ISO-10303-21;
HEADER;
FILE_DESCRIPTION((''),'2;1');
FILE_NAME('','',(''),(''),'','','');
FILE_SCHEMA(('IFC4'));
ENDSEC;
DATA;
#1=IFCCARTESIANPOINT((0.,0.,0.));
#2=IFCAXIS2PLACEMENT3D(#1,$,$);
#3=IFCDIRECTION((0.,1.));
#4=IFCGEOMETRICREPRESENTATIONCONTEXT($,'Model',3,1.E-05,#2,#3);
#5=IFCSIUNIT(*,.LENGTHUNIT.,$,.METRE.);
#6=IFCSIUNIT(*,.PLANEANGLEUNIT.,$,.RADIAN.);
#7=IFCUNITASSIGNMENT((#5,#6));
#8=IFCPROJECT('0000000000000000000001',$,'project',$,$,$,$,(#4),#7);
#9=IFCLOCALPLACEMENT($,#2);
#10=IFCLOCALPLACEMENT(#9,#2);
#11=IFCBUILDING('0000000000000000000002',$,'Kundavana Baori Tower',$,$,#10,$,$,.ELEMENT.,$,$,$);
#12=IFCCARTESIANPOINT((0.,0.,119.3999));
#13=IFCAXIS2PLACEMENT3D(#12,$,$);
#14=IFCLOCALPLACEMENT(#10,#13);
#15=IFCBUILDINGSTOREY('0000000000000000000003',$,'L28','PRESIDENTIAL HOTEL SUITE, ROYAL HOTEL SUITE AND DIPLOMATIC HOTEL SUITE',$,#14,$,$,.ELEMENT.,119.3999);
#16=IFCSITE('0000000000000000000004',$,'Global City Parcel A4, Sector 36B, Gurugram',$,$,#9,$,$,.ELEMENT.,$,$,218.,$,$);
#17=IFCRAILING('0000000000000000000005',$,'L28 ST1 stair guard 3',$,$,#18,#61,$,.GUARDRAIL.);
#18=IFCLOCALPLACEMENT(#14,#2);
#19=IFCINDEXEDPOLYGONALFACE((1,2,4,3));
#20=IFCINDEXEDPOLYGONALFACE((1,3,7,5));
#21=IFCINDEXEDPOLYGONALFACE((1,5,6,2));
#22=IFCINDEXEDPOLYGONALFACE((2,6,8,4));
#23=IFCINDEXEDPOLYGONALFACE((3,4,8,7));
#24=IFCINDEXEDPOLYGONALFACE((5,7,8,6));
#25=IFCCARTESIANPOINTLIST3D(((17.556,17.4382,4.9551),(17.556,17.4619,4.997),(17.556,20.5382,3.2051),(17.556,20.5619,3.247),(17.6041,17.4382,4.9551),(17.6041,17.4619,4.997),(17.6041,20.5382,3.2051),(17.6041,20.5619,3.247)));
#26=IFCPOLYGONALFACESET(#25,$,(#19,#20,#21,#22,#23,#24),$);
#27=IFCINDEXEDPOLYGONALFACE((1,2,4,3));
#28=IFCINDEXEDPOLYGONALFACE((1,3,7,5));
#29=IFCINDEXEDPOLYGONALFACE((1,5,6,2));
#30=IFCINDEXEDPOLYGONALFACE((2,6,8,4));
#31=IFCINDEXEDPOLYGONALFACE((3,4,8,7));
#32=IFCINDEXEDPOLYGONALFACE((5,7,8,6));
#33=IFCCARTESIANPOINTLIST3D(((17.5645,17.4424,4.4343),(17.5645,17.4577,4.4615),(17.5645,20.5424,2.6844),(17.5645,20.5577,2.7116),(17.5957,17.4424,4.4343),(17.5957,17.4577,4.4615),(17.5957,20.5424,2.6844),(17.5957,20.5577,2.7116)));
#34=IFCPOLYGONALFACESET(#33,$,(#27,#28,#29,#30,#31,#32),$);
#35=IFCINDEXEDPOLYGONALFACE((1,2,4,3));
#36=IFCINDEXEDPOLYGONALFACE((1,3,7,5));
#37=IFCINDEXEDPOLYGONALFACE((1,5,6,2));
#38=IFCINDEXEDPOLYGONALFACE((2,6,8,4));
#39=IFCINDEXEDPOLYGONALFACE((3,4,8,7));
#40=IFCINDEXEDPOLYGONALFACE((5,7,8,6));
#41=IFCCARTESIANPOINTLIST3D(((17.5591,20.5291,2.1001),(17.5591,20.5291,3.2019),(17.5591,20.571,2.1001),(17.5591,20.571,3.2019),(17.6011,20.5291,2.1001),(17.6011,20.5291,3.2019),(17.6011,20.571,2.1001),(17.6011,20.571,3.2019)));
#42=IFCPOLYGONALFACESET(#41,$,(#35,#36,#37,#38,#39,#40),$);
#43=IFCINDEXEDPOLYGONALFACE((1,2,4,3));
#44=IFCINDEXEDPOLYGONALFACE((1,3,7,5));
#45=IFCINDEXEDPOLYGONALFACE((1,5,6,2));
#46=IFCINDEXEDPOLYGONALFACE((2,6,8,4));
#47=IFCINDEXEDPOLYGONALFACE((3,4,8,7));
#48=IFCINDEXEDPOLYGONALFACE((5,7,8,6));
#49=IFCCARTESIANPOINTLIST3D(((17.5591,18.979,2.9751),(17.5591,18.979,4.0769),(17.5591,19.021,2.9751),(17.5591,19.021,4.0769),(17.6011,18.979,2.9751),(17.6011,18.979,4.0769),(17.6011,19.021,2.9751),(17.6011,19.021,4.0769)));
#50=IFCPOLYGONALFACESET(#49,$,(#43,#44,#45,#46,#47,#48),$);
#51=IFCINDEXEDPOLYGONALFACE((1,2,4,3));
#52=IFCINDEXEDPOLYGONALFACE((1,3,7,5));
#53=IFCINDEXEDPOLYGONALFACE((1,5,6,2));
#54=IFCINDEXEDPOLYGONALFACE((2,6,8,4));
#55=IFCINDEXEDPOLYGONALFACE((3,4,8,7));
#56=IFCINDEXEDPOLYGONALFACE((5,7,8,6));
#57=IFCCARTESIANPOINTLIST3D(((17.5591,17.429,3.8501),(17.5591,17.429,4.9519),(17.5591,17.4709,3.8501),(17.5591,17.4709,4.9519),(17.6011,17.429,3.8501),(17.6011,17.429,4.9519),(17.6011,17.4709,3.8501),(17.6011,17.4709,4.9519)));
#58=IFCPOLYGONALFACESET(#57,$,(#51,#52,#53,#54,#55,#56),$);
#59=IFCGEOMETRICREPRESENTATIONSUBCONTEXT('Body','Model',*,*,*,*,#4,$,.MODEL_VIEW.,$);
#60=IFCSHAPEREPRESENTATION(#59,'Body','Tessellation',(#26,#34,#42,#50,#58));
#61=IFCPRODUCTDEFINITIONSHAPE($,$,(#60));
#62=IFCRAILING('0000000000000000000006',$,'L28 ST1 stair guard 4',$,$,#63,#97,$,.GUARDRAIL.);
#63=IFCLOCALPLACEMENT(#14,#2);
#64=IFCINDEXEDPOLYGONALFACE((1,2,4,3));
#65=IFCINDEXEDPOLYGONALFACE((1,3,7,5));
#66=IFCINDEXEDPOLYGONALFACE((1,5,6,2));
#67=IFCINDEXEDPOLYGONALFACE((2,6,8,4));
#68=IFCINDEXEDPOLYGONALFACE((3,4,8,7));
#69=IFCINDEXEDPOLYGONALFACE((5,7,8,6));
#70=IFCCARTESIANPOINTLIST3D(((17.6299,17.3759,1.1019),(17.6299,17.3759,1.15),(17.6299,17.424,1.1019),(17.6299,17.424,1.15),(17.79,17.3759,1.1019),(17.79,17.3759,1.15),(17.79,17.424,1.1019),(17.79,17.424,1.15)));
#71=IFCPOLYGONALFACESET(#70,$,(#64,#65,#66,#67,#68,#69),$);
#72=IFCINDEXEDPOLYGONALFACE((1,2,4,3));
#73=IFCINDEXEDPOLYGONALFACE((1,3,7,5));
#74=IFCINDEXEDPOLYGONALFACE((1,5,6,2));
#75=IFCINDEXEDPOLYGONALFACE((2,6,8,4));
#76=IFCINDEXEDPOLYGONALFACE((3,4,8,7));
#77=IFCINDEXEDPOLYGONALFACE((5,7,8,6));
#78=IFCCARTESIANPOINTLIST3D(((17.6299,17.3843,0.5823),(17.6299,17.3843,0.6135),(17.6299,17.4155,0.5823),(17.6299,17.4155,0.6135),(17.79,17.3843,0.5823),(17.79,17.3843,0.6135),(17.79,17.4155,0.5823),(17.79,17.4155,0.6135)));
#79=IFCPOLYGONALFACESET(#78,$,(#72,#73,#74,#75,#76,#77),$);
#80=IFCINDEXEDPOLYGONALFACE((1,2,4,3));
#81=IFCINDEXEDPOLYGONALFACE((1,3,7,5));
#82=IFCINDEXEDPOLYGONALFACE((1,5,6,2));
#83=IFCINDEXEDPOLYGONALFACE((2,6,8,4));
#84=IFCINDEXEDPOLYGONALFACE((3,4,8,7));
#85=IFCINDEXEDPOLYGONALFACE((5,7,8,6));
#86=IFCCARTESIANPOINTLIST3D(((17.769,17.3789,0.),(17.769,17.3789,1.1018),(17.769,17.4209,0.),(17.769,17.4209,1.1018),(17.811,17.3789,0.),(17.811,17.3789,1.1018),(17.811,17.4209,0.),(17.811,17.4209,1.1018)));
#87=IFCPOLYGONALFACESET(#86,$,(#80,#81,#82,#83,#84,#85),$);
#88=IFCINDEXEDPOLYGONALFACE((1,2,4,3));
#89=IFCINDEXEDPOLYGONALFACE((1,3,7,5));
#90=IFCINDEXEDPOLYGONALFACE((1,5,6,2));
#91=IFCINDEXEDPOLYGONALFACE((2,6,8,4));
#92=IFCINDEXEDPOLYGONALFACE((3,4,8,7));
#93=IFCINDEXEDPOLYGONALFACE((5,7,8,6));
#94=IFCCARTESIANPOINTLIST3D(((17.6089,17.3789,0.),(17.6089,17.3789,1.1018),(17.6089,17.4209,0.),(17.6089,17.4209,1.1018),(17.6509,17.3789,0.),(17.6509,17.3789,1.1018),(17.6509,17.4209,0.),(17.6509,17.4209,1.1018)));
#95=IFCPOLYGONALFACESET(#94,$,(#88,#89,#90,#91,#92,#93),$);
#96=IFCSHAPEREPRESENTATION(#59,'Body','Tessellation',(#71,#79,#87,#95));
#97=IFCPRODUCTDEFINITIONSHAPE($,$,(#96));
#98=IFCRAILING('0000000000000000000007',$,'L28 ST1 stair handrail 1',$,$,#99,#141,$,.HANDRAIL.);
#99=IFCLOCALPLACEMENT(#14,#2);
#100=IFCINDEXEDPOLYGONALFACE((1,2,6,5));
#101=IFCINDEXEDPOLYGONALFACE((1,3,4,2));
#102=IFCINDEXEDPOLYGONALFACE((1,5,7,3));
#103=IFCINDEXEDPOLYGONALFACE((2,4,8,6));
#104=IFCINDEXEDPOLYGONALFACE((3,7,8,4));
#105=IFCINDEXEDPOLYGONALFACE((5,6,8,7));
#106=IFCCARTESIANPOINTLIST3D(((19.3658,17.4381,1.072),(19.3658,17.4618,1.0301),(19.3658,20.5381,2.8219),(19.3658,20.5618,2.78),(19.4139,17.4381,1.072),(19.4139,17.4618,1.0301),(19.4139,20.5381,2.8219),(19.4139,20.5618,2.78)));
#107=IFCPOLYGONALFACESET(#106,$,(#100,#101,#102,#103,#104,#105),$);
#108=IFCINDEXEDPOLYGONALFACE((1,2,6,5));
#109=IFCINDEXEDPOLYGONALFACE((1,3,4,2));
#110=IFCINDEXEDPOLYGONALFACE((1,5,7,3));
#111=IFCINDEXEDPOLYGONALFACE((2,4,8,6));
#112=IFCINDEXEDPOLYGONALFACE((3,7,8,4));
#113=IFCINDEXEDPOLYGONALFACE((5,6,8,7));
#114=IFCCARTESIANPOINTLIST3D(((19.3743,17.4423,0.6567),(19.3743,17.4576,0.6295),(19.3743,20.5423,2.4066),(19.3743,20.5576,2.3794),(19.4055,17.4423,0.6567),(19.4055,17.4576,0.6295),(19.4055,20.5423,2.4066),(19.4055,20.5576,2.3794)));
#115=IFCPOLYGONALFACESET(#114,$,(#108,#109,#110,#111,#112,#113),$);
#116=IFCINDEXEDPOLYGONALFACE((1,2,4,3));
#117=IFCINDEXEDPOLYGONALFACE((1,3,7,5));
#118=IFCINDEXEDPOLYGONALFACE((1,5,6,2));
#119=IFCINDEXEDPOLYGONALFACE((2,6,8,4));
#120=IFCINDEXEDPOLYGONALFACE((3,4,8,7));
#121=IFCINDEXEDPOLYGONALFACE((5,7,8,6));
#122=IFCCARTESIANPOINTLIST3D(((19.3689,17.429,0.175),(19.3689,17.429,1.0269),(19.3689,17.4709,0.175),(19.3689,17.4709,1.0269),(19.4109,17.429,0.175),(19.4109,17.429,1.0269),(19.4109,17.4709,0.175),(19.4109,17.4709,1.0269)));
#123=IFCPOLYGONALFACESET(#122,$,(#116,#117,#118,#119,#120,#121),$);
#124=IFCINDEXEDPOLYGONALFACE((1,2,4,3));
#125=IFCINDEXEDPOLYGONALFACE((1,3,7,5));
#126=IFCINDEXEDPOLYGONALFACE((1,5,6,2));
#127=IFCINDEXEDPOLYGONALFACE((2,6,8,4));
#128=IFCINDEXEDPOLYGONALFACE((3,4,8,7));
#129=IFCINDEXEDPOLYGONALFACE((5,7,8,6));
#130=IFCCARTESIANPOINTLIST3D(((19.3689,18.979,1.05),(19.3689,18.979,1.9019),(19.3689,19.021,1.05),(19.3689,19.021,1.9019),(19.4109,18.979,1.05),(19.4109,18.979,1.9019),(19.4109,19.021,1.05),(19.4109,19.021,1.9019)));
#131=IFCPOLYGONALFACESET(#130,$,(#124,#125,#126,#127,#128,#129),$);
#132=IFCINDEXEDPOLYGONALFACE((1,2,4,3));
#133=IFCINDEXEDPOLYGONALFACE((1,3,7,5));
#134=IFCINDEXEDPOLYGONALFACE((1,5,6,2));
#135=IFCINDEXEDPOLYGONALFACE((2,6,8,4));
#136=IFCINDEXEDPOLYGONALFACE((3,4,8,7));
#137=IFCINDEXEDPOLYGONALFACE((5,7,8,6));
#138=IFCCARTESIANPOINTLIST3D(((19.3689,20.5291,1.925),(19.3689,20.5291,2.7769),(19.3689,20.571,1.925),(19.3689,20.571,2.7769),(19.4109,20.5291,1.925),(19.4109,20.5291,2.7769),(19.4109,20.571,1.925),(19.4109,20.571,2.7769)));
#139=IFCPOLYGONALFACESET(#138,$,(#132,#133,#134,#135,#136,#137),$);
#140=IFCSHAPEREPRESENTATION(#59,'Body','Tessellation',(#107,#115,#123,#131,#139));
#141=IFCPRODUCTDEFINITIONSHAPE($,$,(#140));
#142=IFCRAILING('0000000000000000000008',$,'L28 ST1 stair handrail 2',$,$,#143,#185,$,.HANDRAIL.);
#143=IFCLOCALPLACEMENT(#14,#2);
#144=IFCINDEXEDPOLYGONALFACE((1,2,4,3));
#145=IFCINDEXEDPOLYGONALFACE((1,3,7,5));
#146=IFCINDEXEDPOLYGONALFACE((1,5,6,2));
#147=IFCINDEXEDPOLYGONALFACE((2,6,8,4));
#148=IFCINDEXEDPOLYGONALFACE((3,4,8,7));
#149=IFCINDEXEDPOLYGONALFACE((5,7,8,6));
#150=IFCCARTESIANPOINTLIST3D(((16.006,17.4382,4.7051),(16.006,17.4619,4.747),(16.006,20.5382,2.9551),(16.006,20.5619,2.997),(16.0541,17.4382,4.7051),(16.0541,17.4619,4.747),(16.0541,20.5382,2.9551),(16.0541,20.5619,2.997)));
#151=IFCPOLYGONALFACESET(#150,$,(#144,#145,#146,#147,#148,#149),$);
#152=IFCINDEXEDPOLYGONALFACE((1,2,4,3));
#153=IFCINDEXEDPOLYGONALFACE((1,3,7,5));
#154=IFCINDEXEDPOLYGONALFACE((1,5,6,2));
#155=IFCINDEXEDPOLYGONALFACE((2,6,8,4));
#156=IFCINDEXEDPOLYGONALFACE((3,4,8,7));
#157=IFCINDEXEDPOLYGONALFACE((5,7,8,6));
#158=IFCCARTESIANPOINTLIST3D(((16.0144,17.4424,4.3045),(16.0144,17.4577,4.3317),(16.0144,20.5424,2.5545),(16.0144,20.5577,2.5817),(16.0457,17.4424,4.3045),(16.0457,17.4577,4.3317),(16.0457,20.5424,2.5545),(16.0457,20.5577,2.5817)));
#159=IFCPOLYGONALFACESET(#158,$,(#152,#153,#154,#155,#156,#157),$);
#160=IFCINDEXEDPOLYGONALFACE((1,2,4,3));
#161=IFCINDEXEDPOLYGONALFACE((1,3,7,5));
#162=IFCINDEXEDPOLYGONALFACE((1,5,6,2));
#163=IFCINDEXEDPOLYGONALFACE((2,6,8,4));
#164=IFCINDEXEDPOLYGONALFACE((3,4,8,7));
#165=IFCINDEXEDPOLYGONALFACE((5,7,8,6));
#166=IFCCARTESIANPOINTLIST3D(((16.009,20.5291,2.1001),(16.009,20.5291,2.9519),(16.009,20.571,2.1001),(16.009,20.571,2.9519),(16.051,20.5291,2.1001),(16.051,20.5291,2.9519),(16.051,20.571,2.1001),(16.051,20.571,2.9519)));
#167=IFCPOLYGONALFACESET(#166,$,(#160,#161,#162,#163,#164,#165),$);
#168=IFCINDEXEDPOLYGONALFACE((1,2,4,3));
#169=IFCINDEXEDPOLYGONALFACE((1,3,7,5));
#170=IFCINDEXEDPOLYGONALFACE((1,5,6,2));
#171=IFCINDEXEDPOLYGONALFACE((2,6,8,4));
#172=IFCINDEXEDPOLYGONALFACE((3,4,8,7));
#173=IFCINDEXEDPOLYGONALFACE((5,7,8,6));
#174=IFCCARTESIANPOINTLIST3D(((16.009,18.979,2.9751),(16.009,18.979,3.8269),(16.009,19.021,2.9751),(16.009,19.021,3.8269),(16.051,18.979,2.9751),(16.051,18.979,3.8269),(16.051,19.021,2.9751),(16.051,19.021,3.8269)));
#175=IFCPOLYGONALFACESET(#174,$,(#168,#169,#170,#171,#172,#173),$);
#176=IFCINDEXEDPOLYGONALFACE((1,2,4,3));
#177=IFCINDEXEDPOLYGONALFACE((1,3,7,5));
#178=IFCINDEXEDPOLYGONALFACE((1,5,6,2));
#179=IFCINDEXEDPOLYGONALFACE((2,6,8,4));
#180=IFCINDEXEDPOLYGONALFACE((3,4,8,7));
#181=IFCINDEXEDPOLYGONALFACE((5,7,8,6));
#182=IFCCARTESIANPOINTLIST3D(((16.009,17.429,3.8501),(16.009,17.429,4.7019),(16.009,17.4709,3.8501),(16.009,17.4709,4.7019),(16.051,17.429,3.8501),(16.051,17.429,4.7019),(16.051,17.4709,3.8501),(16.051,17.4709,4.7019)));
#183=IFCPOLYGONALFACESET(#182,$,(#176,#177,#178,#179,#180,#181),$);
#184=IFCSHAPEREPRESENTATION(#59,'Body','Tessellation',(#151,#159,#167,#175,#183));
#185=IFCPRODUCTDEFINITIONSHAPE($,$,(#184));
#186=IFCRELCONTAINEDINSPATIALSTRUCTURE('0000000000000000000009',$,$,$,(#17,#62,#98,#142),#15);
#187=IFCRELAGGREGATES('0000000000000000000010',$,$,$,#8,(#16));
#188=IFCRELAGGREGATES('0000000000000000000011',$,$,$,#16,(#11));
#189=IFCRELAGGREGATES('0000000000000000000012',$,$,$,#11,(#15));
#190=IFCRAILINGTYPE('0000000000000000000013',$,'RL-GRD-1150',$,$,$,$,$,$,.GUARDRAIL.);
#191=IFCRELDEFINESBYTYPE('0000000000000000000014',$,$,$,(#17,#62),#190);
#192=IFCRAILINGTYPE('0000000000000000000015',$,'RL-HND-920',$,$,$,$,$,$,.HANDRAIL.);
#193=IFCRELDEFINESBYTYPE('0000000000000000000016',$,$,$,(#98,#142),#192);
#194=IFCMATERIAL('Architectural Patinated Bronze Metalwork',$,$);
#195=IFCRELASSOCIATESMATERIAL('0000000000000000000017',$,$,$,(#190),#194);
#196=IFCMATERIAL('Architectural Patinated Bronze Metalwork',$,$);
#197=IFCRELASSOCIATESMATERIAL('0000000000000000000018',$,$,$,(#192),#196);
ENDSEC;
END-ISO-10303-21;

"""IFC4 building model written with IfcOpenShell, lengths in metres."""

from ifc_helpers import new_model, si_unit, direction, frame, origin, origin_2d, place, context, subcontext, project, spatial, rectangle, extrude, material, type_object, element, save


model = new_model("IFC4")

# Units and contexts
model_context = context("Model", 3, precision=1e-05, world=origin(), true_north=direction((0.0, 1.0)))
body_context = subcontext(model_context, "Body", "Model", "MODEL_VIEW")
ifc_project = project(units=[si_unit("LENGTHUNIT", "METRE"), si_unit("PLANEANGLEUNIT", "RADIAN")], contexts=[model_context])

# Site, building, storey
site_placement = place(None, origin())
site = spatial("IfcSite", under=ifc_project, at=site_placement, Name="Global City Parcel A4, Sector 36B, Gurugram", CompositionType="ELEMENT", RefElevation=218.0)
building_placement = place(site_placement, origin())
building = spatial("IfcBuilding", under=site, at=building_placement, Name="Kundavana Baori Tower", CompositionType="ELEMENT")
storey_placement = place(building_placement, frame((0.0, 0.0, 119.3999)))
storey = spatial("IfcBuildingStorey", under=building, at=storey_placement, Name="L28", Description="PRESIDENTIAL HOTEL SUITE, ROYAL HOTEL SUITE AND DIPLOMATIC HOTEL SUITE", CompositionType="ELEMENT", Elevation=119.3999)

# Railings
ifc_material_1 = material(Name="Architectural Patinated Bronze Metalwork")
railing_type_1 = type_object("IfcRailingType", Name="RL-GRD-1150", PredefinedType="GUARDRAIL", material=ifc_material_1)
railing_1_placement = place(storey_placement, frame((17.5801, 20.55, 2.1001)))
element("IfcRailing", 1, at=railing_1_placement, inside=storey, type_object=railing_type_1, Name="L28 ST1 stair guard 3", PredefinedType="GUARDRAIL", context=body_context, shape_type="SweptSolid", body=[
    extrude(rectangle(XDim=0.0481, YDim=0.0481, at=origin_2d()), frame((0.0, 0.0, 1.126), z_axis=(0.0, -0.870831, 0.491583), x_axis=(1.0, 0.0, 0.0)), (0.0, 0.0, 1.0), 3.5598),
    extrude(rectangle(XDim=0.0312, YDim=0.0312, at=origin_2d()), frame((0.0, 0.0, 0.5979), z_axis=(0.0, -0.870831, 0.491583), x_axis=(1.0, 0.0, 0.0)), (0.0, 0.0, 1.0), 3.5598),
    extrude(rectangle(XDim=0.042, YDim=0.042, at=origin_2d()), origin(), (0.0, 0.0, 1.0), 1.1018),
    extrude(rectangle(XDim=0.042, YDim=0.042, at=origin_2d()), frame((0.0, -1.55, 0.875)), (0.0, 0.0, 1.0), 1.1018),
    extrude(rectangle(XDim=0.042, YDim=0.042, at=origin_2d()), frame((0.0, -3.1001, 1.75)), (0.0, 0.0, 1.0), 1.1018),
])
railing_2_placement = place(storey_placement, frame((17.79, 17.3999, 0.0)))
element("IfcRailing", 2, at=railing_2_placement, inside=storey, type_object=railing_type_1, Name="L28 ST1 stair guard 4", PredefinedType="GUARDRAIL", context=body_context, shape_type="SweptSolid", body=[
    extrude(rectangle(XDim=0.0481, YDim=0.0481, at=origin_2d()), frame((0.0, 0.0, 1.126), z_axis=(-1.0, 0.0, 0.0), x_axis=(0.0, -1.0, 0.0)), (0.0, 0.0, 1.0), 0.1602),
    extrude(rectangle(XDim=0.0312, YDim=0.0312, at=origin_2d()), frame((0.0, 0.0, 0.5979), z_axis=(-1.0, 0.0, 0.0), x_axis=(0.0, -1.0, 0.0)), (0.0, 0.0, 1.0), 0.1602),
    extrude(rectangle(XDim=0.042, YDim=0.042, at=origin_2d()), origin(), (0.0, 0.0, 1.0), 1.1018),
    extrude(rectangle(XDim=0.042, YDim=0.042, at=origin_2d()), frame((-0.1602, 0.0, 0.0)), (0.0, 0.0, 1.0), 1.1018),
])
ifc_material_2 = material(Name="Architectural Patinated Bronze Metalwork")
railing_type_2 = type_object("IfcRailingType", Name="RL-HND-920", PredefinedType="HANDRAIL", material=ifc_material_2)
railing_3_placement = place(storey_placement, frame((19.3899, 17.45, 0.175)))
element("IfcRailing", 3, at=railing_3_placement, inside=storey, type_object=railing_type_2, Name="L28 ST1 stair handrail 1", PredefinedType="HANDRAIL", context=body_context, shape_type="SweptSolid", body=[
    extrude(rectangle(XDim=0.0481, YDim=0.0481, at=origin_2d()), frame((0.0, 0.0, 0.876), z_axis=(0.0, 0.870831, 0.491583), x_axis=(-1.0, 0.0, 0.0)), (0.0, 0.0, 1.0), 3.5598),
    extrude(rectangle(XDim=0.0312, YDim=0.0312, at=origin_2d()), frame((0.0, 0.0, 0.468), z_axis=(0.0, 0.870831, 0.491583), x_axis=(-1.0, 0.0, 0.0)), (0.0, 0.0, 1.0), 3.5598),
    extrude(rectangle(XDim=0.042, YDim=0.042, at=origin_2d()), origin(), (0.0, 0.0, 1.0), 0.8518),
    extrude(rectangle(XDim=0.042, YDim=0.042, at=origin_2d()), frame((0.0, 1.55, 0.875)), (0.0, 0.0, 1.0), 0.8518),
    extrude(rectangle(XDim=0.042, YDim=0.042, at=origin_2d()), frame((0.0, 3.1001, 1.75)), (0.0, 0.0, 1.0), 0.8518),
])
railing_4_placement = place(storey_placement, frame((16.03, 20.55, 2.1001)))
element("IfcRailing", 4, at=railing_4_placement, inside=storey, type_object=railing_type_2, Name="L28 ST1 stair handrail 2", PredefinedType="HANDRAIL", context=body_context, shape_type="SweptSolid", body=[
    extrude(rectangle(XDim=0.0481, YDim=0.0481, at=origin_2d()), frame((0.0, 0.0, 0.876), z_axis=(0.0, -0.870831, 0.491583), x_axis=(1.0, 0.0, 0.0)), (0.0, 0.0, 1.0), 3.5598),
    extrude(rectangle(XDim=0.0312, YDim=0.0312, at=origin_2d()), frame((0.0, 0.0, 0.468), z_axis=(0.0, -0.870831, 0.491583), x_axis=(1.0, 0.0, 0.0)), (0.0, 0.0, 1.0), 3.5598),
    extrude(rectangle(XDim=0.042, YDim=0.042, at=origin_2d()), origin(), (0.0, 0.0, 1.0), 0.8518),
    extrude(rectangle(XDim=0.042, YDim=0.042, at=origin_2d()), frame((0.0, -1.55, 0.875)), (0.0, 0.0, 1.0), 0.8518),
    extrude(rectangle(XDim=0.042, YDim=0.042, at=origin_2d()), frame((0.0, -3.1001, 1.75)), (0.0, 0.0, 1.0), 0.8518),
])

save(model, "model.ifc")
